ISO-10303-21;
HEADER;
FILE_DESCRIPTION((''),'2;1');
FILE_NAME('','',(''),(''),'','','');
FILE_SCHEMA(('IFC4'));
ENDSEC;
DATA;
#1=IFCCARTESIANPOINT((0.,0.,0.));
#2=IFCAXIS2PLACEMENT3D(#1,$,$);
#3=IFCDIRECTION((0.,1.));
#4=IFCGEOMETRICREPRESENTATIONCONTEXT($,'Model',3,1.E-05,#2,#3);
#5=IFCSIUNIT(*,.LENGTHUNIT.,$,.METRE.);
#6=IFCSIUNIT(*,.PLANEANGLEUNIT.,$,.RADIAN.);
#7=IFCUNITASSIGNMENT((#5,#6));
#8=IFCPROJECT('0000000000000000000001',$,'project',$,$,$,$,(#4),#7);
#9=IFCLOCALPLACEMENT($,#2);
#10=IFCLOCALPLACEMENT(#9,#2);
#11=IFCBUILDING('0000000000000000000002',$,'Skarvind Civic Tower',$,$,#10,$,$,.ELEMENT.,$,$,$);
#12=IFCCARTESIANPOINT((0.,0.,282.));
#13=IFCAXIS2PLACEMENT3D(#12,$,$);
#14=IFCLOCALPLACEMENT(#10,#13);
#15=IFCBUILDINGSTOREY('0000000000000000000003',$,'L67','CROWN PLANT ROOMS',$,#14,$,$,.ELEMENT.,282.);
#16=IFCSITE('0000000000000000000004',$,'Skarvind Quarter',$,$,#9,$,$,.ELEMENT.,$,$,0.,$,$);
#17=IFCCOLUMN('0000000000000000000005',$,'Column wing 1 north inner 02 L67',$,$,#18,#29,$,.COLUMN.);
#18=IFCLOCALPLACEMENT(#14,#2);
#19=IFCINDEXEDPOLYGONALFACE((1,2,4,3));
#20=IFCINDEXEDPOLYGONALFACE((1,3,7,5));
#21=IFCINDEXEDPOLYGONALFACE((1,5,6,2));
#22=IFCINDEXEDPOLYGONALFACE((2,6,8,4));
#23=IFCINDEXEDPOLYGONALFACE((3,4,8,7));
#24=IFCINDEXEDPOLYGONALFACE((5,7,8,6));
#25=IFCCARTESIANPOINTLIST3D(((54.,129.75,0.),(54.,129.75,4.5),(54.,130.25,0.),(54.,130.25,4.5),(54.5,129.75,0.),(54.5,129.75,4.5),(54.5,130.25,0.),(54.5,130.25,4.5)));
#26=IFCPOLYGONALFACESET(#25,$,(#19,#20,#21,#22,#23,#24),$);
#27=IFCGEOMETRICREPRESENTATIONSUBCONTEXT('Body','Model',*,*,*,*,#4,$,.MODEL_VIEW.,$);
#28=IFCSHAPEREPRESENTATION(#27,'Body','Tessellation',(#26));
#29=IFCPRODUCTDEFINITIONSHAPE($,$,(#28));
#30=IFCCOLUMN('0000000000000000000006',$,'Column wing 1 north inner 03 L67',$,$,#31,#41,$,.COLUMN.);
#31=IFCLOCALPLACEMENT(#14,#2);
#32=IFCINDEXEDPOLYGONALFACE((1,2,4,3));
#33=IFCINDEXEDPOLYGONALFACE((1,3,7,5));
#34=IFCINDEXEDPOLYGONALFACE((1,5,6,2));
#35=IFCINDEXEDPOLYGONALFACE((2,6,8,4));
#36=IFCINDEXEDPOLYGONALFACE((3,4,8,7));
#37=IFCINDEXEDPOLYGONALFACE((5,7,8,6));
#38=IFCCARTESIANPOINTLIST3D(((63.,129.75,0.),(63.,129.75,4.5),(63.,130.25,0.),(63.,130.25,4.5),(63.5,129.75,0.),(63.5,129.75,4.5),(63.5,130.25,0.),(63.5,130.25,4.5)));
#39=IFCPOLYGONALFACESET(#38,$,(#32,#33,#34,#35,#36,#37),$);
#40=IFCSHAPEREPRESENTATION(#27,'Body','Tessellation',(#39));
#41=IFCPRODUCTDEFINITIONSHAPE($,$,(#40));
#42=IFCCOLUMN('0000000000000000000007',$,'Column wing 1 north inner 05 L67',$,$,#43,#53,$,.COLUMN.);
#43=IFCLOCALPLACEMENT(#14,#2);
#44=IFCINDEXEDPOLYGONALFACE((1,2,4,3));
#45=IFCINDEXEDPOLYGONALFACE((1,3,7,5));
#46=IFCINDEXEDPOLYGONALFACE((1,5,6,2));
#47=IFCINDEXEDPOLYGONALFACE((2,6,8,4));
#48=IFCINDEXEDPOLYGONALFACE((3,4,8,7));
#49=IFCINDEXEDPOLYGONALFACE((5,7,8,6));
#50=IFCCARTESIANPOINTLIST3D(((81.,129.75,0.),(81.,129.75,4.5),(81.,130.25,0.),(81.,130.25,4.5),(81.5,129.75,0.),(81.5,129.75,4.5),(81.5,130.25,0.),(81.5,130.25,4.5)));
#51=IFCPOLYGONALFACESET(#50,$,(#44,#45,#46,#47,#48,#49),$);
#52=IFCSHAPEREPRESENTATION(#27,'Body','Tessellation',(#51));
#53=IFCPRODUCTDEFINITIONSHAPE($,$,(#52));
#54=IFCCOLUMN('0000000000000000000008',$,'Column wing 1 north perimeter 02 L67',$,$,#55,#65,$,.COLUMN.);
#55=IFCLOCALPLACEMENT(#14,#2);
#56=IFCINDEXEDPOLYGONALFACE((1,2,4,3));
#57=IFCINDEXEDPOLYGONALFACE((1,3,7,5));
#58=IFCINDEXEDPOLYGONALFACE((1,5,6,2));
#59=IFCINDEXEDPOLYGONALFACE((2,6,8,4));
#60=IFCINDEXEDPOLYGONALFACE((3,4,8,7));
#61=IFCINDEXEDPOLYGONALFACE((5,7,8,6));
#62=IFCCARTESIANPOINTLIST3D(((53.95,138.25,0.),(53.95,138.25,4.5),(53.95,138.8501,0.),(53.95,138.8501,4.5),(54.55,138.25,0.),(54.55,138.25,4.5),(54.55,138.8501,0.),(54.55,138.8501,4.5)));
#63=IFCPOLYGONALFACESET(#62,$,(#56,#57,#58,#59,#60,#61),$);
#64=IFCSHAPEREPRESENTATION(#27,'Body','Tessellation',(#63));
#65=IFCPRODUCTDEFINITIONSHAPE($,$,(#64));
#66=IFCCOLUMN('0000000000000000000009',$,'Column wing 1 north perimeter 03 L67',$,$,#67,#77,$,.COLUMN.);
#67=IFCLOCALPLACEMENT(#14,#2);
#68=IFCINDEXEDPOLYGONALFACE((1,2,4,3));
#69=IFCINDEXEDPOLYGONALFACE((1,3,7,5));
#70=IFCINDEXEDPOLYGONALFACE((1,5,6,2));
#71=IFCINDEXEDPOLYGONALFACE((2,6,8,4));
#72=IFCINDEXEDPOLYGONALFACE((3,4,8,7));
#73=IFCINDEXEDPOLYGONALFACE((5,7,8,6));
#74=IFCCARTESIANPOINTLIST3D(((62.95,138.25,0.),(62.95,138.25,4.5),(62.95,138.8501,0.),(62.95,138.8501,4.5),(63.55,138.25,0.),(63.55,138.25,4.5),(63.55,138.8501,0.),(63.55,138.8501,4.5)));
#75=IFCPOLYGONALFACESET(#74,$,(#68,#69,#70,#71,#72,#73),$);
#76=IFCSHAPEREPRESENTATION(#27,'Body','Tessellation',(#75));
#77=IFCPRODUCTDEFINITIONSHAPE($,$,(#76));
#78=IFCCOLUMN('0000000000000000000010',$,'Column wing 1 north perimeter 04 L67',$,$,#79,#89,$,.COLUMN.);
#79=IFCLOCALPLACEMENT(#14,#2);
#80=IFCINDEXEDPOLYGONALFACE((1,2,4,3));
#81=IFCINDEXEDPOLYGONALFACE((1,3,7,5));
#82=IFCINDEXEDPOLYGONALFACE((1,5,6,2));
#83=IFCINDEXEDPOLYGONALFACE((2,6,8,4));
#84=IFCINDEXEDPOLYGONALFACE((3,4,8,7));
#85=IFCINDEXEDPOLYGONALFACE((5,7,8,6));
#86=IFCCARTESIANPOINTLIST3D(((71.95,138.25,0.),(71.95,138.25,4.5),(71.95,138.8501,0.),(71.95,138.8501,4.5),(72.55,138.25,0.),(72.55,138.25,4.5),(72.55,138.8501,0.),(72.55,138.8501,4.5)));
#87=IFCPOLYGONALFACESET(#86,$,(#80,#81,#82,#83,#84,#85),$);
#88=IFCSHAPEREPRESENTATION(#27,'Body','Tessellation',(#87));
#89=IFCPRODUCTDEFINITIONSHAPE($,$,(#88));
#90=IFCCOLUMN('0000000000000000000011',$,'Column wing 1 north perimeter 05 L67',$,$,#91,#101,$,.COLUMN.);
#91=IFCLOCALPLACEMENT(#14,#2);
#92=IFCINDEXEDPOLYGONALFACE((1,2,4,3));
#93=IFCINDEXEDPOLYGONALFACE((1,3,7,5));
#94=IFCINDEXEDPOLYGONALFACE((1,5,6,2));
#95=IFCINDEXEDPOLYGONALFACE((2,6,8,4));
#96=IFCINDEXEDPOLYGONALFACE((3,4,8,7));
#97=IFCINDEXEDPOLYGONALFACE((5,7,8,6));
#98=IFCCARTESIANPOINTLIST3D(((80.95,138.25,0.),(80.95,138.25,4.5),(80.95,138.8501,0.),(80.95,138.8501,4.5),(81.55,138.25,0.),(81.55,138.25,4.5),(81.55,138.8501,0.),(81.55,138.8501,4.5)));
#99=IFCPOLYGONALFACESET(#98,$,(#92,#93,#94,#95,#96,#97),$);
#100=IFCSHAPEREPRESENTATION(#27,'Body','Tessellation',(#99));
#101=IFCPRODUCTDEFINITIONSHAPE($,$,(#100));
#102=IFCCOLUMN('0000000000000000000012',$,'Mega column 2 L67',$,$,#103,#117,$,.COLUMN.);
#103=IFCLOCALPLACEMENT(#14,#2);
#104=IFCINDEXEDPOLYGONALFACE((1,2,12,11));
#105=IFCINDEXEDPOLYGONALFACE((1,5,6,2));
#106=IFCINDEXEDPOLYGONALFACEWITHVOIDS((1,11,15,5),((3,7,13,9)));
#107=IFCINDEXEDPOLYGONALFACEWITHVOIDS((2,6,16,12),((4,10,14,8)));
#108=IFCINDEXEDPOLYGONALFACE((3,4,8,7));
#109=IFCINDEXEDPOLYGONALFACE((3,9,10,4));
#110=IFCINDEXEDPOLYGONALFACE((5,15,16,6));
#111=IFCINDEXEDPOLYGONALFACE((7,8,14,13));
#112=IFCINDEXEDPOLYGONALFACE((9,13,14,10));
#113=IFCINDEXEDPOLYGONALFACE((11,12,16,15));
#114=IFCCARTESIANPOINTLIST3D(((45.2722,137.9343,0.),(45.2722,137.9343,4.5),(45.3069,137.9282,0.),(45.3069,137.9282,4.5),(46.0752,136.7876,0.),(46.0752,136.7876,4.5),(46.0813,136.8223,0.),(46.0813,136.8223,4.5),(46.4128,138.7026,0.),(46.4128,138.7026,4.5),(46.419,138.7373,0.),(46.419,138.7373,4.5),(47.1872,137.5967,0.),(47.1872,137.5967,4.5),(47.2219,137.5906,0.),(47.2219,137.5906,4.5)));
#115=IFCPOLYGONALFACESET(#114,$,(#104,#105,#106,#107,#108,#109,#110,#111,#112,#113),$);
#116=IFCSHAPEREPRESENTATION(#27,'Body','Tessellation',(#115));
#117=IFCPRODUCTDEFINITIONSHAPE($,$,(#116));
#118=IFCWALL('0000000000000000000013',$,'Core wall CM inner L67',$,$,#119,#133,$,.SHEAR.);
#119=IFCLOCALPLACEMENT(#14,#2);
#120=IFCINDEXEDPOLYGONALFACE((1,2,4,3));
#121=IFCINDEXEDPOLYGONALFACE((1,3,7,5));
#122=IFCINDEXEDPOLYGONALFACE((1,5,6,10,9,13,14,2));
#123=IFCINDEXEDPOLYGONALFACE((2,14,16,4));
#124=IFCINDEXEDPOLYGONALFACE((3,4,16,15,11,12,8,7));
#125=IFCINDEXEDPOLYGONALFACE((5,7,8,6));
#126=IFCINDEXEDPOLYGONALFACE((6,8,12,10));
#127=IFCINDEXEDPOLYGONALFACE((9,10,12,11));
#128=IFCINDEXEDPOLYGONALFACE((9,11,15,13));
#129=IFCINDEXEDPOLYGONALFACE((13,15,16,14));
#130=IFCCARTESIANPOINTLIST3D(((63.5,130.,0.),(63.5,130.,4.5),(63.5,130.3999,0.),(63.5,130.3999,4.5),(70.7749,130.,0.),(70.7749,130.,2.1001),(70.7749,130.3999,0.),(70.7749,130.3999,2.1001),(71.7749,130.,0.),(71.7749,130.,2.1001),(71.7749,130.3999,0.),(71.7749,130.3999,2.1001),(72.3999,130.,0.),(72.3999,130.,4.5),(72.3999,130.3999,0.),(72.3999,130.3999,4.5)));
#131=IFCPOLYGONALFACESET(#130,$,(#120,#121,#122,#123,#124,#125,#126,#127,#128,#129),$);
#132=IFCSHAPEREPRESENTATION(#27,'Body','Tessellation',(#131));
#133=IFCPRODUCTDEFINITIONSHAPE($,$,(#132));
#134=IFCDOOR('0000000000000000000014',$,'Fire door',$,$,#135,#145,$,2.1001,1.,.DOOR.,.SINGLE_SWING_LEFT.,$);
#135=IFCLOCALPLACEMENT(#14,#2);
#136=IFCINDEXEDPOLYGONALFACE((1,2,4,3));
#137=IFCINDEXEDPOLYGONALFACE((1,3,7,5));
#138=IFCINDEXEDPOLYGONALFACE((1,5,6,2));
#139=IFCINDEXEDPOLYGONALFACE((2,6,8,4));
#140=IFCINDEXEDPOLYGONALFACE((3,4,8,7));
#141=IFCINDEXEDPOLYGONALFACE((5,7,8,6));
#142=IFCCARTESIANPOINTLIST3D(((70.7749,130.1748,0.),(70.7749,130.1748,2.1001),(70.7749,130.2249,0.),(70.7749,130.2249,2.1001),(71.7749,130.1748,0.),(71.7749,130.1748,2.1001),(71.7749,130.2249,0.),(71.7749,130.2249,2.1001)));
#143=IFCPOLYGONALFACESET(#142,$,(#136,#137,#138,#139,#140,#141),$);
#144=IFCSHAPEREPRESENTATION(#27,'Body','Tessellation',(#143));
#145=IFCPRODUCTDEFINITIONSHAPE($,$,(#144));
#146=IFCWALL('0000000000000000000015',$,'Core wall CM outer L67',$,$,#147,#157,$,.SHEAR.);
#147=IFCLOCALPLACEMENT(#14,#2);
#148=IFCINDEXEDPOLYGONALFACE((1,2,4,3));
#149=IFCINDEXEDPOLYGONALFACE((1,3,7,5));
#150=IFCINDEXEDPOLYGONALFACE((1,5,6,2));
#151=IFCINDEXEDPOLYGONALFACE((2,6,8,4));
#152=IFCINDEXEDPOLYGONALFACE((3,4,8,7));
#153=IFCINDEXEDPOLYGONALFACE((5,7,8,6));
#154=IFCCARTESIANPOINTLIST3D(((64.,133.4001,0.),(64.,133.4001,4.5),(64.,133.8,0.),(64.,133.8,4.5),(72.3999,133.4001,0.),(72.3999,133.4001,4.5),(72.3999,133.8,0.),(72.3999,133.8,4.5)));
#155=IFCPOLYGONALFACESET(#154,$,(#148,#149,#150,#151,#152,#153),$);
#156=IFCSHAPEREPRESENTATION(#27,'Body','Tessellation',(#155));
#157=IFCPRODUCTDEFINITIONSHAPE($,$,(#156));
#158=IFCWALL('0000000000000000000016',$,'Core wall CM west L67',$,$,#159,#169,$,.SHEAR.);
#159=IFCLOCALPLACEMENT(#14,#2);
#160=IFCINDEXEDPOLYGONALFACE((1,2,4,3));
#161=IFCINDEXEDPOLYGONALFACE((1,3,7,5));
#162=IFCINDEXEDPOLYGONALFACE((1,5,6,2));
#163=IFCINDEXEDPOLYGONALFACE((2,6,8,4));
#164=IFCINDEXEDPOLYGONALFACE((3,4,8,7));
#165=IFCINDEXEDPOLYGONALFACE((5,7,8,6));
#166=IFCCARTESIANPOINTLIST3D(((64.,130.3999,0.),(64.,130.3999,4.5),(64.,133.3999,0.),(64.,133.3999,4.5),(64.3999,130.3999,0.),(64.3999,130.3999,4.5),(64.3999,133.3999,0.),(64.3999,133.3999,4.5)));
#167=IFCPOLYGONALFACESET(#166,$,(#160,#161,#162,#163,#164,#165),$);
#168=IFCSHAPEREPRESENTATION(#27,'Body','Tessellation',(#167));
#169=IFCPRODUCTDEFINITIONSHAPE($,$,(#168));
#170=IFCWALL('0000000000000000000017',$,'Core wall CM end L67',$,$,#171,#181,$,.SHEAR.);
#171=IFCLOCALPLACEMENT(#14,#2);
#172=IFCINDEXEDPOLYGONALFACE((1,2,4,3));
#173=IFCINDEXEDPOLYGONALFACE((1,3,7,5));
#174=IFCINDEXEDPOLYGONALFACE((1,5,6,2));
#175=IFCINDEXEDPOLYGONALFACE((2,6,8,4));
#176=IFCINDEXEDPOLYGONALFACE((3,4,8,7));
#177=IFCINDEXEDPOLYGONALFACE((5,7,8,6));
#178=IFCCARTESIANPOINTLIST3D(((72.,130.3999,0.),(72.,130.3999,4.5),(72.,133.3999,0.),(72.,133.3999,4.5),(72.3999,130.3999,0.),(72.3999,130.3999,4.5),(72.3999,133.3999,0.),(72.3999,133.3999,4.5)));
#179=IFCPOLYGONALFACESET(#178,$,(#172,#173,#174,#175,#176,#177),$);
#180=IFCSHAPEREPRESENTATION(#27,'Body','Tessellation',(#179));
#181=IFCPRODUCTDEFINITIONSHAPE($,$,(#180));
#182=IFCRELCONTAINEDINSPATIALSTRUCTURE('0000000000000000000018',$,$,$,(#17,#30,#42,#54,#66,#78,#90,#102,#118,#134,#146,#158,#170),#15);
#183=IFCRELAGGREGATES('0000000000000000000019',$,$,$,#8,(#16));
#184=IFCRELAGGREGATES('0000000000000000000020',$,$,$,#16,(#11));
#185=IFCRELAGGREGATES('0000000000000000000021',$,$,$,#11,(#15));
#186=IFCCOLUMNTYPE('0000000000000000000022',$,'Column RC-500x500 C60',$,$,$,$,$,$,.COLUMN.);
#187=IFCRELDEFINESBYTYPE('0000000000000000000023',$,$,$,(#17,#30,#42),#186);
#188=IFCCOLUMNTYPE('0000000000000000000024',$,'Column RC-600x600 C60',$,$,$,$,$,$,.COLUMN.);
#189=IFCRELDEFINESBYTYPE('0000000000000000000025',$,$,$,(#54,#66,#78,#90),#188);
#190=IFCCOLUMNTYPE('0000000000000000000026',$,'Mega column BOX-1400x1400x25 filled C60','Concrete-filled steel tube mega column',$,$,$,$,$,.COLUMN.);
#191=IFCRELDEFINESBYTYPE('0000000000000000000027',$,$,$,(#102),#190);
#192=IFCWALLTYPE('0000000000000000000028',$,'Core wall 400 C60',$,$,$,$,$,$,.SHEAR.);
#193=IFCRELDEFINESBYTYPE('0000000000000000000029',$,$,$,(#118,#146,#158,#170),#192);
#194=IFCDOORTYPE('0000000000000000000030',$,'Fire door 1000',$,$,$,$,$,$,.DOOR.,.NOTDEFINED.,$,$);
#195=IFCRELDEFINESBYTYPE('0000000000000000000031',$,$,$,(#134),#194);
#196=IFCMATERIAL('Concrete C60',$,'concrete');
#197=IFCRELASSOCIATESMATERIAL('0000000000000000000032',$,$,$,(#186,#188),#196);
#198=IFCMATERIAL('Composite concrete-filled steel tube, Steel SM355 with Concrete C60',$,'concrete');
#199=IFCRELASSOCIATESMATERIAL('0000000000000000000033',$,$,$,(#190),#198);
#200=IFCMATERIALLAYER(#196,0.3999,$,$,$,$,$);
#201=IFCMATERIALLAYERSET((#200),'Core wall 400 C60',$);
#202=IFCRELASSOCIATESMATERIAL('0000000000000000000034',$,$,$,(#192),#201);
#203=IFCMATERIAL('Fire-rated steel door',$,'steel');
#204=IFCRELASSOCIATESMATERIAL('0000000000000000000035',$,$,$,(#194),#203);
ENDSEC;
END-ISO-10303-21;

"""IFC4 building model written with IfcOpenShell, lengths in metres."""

from ifc_helpers import new_model, si_unit, direction, frame, frame_2d, origin, origin_2d, place, context, subcontext, project, spatial, rectangle, hollow_rectangle, extrude, material, layer, layer_set, material_profile, profile_set, type_object, element, fill, save


model = new_model("IFC4")

# Units and contexts
model_context = context("Model", 3, precision=1e-05, world=origin(), true_north=direction((0.0, 1.0)))
body_context = subcontext(model_context, "Body", "Model", "MODEL_VIEW")
ifc_project = project(units=[si_unit("LENGTHUNIT", "METRE"), si_unit("PLANEANGLEUNIT", "RADIAN")], contexts=[model_context])

# Site, building, storey
site_placement = place(None, origin())
site = spatial("IfcSite", under=ifc_project, at=site_placement, Name="Skarvind Quarter", CompositionType="ELEMENT", RefElevation=0.0)
building_placement = place(site_placement, origin())
building = spatial("IfcBuilding", under=site, at=building_placement, Name="Skarvind Civic Tower", CompositionType="ELEMENT")
storey_placement = place(building_placement, frame((0.0, 0.0, 282.0)))
storey = spatial("IfcBuildingStorey", under=building, at=storey_placement, Name="L67", Description="CROWN PLANT ROOMS", CompositionType="ELEMENT", Elevation=282.0)

# Columns
ifc_material_1 = material(Name="Concrete C60", Category="concrete")
ifc_material_profile_1 = material_profile(ifc_material_1, rectangle(XDim=0.5, YDim=0.5, at=origin_2d()), Name="RC-500x500")
ifc_profile_set_1 = profile_set([ifc_material_profile_1], Name="Concrete C60")
column_type_1 = type_object("IfcColumnType", Name="Column RC-500x500 C60", PredefinedType="COLUMN", material=ifc_profile_set_1)
for number, where, z_axis, x_axis, name in (
    (1, (54.25, 130.0, 0.0), (0.0, 0.0, 1.0), (1.0, 0.0, 0.0), "Column wing 1 north inner 02 L67"),
    (2, (63.25, 130.0, 0.0), (0.0, 0.0, 1.0), (1.0, 0.0, 0.0), "Column wing 1 north inner 03 L67"),
    (3, (81.25, 130.0, 0.0), (0.0, 0.0, 1.0), (1.0, 0.0, 0.0), "Column wing 1 north inner 05 L67"),
):
    element("IfcColumn", number, at=place(storey_placement, frame(where, z_axis=z_axis, x_axis=x_axis)), inside=storey, type_object=column_type_1, Name=name, PredefinedType="COLUMN", context=body_context, shape_type="SweptSolid", body=[
        extrude(rectangle(XDim=0.5, YDim=0.5, at=origin_2d()), origin(), (0.0, 0.0, 1.0), 4.5),
    ])
ifc_material_profile_2 = material_profile(ifc_material_1, rectangle(XDim=0.6001, YDim=0.6001, at=origin_2d()), Name="RC-600x600")
ifc_profile_set_2 = profile_set([ifc_material_profile_2], Name="Concrete C60")
column_type_2 = type_object("IfcColumnType", Name="Column RC-600x600 C60", PredefinedType="COLUMN", material=ifc_profile_set_2)
for number, where, z_axis, x_axis, name in (
    (4, (54.25, 138.55, 0.0), (0.0, 0.0, 1.0), (1.0, 0.0, 0.0), "Column wing 1 north perimeter 02 L67"),
    (5, (63.25, 138.55, 0.0), (0.0, 0.0, 1.0), (1.0, 0.0, 0.0), "Column wing 1 north perimeter 03 L67"),
    (6, (72.25, 138.55, 0.0), (0.0, 0.0, 1.0), (1.0, 0.0, 0.0), "Column wing 1 north perimeter 04 L67"),
    (7, (81.25, 138.55, 0.0), (0.0, 0.0, 1.0), (1.0, 0.0, 0.0), "Column wing 1 north perimeter 05 L67"),
):
    element("IfcColumn", number, at=place(storey_placement, frame(where, z_axis=z_axis, x_axis=x_axis)), inside=storey, type_object=column_type_2, Name=name, PredefinedType="COLUMN", context=body_context, shape_type="SweptSolid", body=[
        extrude(rectangle(XDim=0.6001, YDim=0.6001, at=origin_2d()), origin(), (0.0, 0.0, 1.0), 4.5),
    ])
ifc_material_2 = material(Name="Composite concrete-filled steel tube, Steel SM355 with Concrete C60", Category="concrete")
ifc_material_profile_3 = material_profile(ifc_material_2, hollow_rectangle(XDim=1.3999, YDim=1.3999, WallThickness=0.0249, at=origin_2d()), Name="BOX-1400x1400x25")
ifc_profile_set_3 = profile_set([ifc_material_profile_3], Name="Composite concrete-filled steel tube, Steel SM355 with Concrete C60")
column_type_3 = type_object("IfcColumnType", Name="Mega column BOX-1400x1400x25 filled C60", Description="Concrete-filled steel tube mega column", PredefinedType="COLUMN", material=ifc_profile_set_3)
column_placement = place(storey_placement, frame((46.2471, 137.7625, 0.0), z_axis=(0.0, 0.0, 1.0), x_axis=(0.573576, -0.819152, 0.0)))
element("IfcColumn", 8, at=column_placement, inside=storey, type_object=column_type_3, Name="Mega column 2 L67", PredefinedType="COLUMN", context=body_context, shape_type="SweptSolid", body=[
    extrude(hollow_rectangle(XDim=1.3999, YDim=1.3999, WallThickness=0.0249, at=origin_2d()), origin(), (0.0, 0.0, 1.0), 4.5),
])

# Wall, opening, door
ifc_layer_1 = layer(ifc_material_1, 0.3999)
ifc_layer_set_1 = layer_set([ifc_layer_1], Name="Core wall 400 C60")
wall_type_1 = type_object("IfcWallType", Name="Core wall 400 C60", PredefinedType="SHEAR", material=ifc_layer_set_1)
wall_1_placement = place(storey_placement, frame((63.5, 130.2, 0.0), z_axis=(0.0, 0.0, 1.0), x_axis=(1.0, 0.0, 0.0)))
wall_1 = element("IfcWall", 9, at=wall_1_placement, inside=storey, type_object=wall_type_1, Name="Core wall CM inner L67", PredefinedType="SHEAR", context=body_context, shape_type="SweptSolid", body=[
    extrude(rectangle(XDim=8.8999, YDim=0.3999, at=frame_2d((4.45, 0.0))), origin(), (0.0, 0.0, 1.0), 4.5),
])
opening_1_placement = place(wall_1_placement, frame((7.2749, 0.0, 0.0)))
opening_1 = element("IfcOpeningElement", 10, at=opening_1_placement, cuts=wall_1, PredefinedType="OPENING", context=body_context, shape_type="SweptSolid", body=[
    extrude(rectangle(XDim=1.0, YDim=2.1001, at=frame_2d((0.5, 1.05))), frame((0.0, 0.21, 0.0), z_axis=(0.0, -1.0, 0.0), x_axis=(1.0, 0.0, 0.0)), (0.0, 0.0, 1.0), 0.4199),
])
ifc_material_3 = material(Name="Fire-rated steel door", Category="steel")
door_type_1 = type_object("IfcDoorType", Name="Fire door 1000", OperationType="NOTDEFINED", PredefinedType="DOOR", material=ifc_material_3)
door_1_placement = place(opening_1_placement, origin())
door_1 = element("IfcDoor", 11, at=door_1_placement, inside=storey, type_object=door_type_1, Name="Fire door", OperationType="SINGLE_SWING_LEFT", OverallHeight=2.1001, OverallWidth=1.0, PredefinedType="DOOR", context=body_context, shape_type="SweptSolid", body=[
    extrude(rectangle(XDim=1.0, YDim=2.1001, at=frame_2d((0.5, 1.05))), frame((0.0, 0.0249, 0.0), z_axis=(0.0, -1.0, 0.0), x_axis=(1.0, 0.0, 0.0)), (0.0, 0.0, 1.0), 0.05),
])
fill(opening_1, door_1)

# Walls
wall_2_placement = place(storey_placement, frame((64.0, 133.6001, 0.0), z_axis=(0.0, 0.0, 1.0), x_axis=(1.0, 0.0, 0.0)))
element("IfcWall", 12, at=wall_2_placement, inside=storey, type_object=wall_type_1, Name="Core wall CM outer L67", PredefinedType="SHEAR", context=body_context, shape_type="SweptSolid", body=[
    extrude(rectangle(XDim=8.3999, YDim=0.3999, at=frame_2d((4.2, 0.0))), origin(), (0.0, 0.0, 1.0), 4.5),
])
for number, where, z_axis, x_axis, name in (
    (13, (64.2, 130.3999, 0.0), (0.0, 0.0, 1.0), (0.0, 1.0, 0.0), "Core wall CM west L67"),
    (14, (72.2, 130.3999, 0.0), (0.0, 0.0, 1.0), (0.0, 1.0, 0.0), "Core wall CM end L67"),
):
    element("IfcWall", number, at=place(storey_placement, frame(where, z_axis=z_axis, x_axis=x_axis)), inside=storey, type_object=wall_type_1, Name=name, PredefinedType="SHEAR", context=body_context, shape_type="SweptSolid", body=[
        extrude(rectangle(XDim=3.0, YDim=0.3999, at=frame_2d((1.5, 0.0))), origin(), (0.0, 0.0, 1.0), 4.5),
    ])

save(model, "model.ifc")
